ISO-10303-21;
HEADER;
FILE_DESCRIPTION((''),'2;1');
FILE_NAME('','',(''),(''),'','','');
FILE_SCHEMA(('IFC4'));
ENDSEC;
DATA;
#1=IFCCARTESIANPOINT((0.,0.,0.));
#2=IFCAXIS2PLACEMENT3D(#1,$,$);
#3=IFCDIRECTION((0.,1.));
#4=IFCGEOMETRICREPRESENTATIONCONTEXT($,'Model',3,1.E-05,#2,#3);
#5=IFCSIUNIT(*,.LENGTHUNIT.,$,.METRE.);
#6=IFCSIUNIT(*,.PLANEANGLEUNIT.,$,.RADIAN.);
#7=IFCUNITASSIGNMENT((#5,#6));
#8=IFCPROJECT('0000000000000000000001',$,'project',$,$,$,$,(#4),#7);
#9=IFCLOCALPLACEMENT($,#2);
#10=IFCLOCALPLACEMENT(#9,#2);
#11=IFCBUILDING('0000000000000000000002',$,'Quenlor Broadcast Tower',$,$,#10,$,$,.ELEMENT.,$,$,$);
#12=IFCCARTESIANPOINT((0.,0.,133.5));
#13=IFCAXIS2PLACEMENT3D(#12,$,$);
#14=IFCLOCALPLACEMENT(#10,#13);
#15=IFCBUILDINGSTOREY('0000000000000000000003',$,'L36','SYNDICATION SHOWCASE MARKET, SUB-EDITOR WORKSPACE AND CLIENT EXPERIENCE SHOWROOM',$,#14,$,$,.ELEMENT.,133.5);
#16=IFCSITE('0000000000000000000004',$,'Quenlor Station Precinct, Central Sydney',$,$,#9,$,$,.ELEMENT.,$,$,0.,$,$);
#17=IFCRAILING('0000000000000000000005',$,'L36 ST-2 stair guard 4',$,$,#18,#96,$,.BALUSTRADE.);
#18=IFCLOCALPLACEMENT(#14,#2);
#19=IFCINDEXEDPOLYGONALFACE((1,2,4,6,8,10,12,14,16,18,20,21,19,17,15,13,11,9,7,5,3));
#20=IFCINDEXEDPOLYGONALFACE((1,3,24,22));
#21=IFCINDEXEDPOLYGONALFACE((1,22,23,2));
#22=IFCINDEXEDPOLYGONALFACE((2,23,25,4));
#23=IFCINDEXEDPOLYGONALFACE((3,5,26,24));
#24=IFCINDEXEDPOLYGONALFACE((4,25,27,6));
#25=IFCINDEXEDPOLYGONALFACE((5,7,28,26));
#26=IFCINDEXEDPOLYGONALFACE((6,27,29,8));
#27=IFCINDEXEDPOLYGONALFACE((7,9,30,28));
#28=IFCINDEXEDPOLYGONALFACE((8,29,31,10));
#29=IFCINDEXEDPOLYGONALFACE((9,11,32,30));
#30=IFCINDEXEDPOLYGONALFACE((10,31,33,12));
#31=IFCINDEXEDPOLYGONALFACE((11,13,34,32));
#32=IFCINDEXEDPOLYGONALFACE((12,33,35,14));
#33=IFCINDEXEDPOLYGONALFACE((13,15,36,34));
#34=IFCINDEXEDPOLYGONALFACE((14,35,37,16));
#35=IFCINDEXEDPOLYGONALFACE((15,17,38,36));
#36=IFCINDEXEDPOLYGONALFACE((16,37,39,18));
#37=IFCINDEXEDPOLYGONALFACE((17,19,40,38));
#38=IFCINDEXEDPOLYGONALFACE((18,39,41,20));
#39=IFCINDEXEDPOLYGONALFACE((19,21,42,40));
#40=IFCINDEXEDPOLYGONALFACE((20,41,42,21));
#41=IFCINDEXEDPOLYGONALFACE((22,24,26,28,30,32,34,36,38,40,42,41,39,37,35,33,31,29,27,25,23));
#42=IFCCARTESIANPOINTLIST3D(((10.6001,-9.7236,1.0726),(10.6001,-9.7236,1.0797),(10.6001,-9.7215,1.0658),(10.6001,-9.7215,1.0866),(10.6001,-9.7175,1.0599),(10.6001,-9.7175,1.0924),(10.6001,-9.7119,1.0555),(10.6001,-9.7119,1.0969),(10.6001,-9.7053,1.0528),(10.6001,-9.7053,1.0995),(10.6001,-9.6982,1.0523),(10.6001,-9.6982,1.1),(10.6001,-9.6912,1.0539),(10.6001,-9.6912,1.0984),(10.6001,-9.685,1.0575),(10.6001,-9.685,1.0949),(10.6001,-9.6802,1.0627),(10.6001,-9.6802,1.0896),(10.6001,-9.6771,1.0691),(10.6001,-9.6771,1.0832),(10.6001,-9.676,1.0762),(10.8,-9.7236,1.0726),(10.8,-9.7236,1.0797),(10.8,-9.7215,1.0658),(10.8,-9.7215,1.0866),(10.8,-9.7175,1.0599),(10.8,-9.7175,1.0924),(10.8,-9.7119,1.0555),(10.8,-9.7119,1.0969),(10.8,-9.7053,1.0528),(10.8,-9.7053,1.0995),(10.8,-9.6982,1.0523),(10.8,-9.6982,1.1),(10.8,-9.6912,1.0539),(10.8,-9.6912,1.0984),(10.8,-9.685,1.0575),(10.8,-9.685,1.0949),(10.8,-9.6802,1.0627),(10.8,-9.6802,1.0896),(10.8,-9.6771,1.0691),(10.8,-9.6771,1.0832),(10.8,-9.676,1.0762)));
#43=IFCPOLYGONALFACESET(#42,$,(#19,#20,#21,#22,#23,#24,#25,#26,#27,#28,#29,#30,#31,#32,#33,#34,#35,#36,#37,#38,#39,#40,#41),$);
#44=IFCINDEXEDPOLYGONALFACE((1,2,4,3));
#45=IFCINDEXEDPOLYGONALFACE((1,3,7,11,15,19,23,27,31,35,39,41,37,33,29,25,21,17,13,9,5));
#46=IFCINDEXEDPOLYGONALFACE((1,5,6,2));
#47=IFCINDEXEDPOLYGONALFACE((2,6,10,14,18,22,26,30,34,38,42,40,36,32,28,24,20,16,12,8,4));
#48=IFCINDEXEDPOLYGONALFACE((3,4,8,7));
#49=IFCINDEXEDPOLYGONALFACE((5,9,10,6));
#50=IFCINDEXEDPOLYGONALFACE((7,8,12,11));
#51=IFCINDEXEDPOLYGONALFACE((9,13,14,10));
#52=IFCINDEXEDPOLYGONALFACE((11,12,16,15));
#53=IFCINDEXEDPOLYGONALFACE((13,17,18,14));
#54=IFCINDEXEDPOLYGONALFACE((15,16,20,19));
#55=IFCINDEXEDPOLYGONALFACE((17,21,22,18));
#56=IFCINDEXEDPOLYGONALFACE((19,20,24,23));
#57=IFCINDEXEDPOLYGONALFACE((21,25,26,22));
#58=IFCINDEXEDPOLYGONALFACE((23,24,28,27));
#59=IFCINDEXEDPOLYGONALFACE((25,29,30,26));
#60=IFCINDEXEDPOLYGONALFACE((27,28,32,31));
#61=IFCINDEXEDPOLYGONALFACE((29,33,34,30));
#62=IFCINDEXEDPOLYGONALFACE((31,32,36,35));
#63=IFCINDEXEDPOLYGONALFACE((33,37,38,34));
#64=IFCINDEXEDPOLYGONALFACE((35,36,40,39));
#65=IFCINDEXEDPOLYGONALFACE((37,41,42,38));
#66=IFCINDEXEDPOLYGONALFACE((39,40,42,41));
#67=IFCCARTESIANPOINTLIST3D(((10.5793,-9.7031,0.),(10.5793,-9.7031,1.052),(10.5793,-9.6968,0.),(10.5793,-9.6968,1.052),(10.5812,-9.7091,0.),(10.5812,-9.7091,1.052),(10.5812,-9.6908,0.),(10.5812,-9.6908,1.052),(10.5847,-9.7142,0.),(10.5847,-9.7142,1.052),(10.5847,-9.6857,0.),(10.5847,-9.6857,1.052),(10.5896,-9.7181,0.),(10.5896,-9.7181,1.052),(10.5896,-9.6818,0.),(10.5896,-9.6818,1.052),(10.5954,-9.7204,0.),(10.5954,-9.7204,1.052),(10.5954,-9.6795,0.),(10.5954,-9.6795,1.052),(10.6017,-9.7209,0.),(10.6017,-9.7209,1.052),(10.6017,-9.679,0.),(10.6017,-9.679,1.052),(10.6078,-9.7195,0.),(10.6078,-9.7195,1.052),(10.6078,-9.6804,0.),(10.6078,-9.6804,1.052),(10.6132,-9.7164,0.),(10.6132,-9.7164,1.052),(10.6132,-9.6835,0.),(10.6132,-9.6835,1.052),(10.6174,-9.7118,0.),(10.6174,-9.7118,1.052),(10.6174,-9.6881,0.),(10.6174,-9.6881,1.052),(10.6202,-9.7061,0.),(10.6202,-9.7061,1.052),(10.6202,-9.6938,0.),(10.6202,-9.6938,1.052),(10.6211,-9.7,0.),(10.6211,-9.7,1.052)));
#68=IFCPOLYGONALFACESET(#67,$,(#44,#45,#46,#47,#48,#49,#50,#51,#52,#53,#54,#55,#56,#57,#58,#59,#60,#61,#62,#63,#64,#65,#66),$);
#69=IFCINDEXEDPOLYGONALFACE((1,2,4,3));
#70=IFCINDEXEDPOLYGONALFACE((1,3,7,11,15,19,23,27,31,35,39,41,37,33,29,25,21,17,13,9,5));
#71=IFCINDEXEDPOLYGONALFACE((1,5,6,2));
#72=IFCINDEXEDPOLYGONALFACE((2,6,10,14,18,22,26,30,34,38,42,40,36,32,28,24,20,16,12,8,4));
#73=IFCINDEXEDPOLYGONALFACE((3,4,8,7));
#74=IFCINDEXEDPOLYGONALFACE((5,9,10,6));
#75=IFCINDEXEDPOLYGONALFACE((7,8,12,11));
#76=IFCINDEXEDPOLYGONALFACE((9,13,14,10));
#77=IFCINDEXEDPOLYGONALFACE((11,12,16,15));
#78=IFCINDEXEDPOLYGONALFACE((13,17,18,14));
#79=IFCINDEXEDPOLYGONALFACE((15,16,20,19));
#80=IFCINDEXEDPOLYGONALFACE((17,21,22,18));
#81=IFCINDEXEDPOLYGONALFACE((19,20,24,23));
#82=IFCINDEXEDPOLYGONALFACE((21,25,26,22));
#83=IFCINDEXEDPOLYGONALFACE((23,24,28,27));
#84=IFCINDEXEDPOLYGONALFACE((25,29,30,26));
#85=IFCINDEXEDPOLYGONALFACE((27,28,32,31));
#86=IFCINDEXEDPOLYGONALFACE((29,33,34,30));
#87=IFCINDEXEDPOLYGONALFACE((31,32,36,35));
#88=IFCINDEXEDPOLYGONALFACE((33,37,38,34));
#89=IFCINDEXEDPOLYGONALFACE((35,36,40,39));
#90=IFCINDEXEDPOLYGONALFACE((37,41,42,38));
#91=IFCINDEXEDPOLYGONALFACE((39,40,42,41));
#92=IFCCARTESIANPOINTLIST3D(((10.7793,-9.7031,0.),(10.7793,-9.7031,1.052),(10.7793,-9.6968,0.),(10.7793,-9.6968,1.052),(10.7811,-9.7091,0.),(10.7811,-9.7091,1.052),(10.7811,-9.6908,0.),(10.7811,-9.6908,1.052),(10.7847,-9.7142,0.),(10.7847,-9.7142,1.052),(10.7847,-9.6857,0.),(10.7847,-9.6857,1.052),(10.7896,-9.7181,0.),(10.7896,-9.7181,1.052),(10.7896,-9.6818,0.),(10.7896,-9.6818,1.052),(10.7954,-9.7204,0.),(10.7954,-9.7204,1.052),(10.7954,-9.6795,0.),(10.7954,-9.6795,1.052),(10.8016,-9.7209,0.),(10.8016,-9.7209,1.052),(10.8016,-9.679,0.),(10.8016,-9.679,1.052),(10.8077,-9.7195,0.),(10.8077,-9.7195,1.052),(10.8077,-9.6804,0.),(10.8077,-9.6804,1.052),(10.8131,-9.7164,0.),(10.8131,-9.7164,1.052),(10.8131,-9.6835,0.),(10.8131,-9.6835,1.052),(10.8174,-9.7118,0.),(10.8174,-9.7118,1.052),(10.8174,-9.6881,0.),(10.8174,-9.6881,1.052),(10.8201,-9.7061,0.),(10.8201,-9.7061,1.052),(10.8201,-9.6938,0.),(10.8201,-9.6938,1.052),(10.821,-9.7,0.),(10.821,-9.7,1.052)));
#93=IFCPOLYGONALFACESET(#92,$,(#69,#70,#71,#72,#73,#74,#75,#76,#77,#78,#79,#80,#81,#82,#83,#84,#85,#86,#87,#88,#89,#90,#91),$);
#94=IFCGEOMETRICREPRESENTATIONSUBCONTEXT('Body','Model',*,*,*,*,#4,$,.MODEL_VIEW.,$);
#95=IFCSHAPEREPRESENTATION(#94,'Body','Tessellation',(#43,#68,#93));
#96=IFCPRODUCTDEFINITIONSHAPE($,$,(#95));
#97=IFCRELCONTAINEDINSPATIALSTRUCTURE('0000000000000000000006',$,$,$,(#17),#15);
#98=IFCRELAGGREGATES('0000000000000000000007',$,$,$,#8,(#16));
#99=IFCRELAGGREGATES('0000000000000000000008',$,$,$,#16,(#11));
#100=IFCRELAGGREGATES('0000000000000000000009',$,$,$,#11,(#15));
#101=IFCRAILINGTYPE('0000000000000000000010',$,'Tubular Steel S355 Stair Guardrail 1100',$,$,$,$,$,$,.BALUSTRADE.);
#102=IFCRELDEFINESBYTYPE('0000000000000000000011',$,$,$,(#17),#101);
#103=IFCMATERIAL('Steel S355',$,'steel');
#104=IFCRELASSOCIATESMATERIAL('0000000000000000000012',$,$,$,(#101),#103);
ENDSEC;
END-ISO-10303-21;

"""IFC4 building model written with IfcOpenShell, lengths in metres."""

from ifc_helpers import new_model, si_unit, direction, frame, origin, origin_2d, place, context, subcontext, project, spatial, circle, extrude, material, type_object, element, save


model = new_model("IFC4")

# Units and contexts
model_context = context("Model", 3, precision=1e-05, world=origin(), true_north=direction((0.0, 1.0)))
body_context = subcontext(model_context, "Body", "Model", "MODEL_VIEW")
ifc_project = project(units=[si_unit("LENGTHUNIT", "METRE"), si_unit("PLANEANGLEUNIT", "RADIAN")], contexts=[model_context])

# Site, building, storey
site_placement = place(None, origin())
site = spatial("IfcSite", under=ifc_project, at=site_placement, Name="Quenlor Station Precinct, Central Sydney", CompositionType="ELEMENT", RefElevation=0.0)
building_placement = place(site_placement, origin())
building = spatial("IfcBuilding", under=site, at=building_placement, Name="Quenlor Broadcast Tower", CompositionType="ELEMENT")
storey_placement = place(building_placement, frame((0.0, 0.0, 133.5)))
storey = spatial("IfcBuildingStorey", under=building, at=storey_placement, Name="L36", Description="SYNDICATION SHOWCASE MARKET, SUB-EDITOR WORKSPACE AND CLIENT EXPERIENCE SHOWROOM", CompositionType="ELEMENT", Elevation=133.5)

# Railing
ifc_material_1 = material(Name="Steel S355", Category="steel")
railing_type_1 = type_object("IfcRailingType", Name="Tubular Steel S355 Stair Guardrail 1100", PredefinedType="BALUSTRADE", material=ifc_material_1)
railing_1_placement = place(storey_placement, frame((10.6001, -9.7, 0.0)))
element("IfcRailing", 1, at=railing_1_placement, inside=storey, type_object=railing_type_1, Name="L36 ST-2 stair guard 4", PredefinedType="BALUSTRADE", context=body_context, shape_type="SweptSolid", body=[
    extrude(circle(Radius=0.0239, at=origin_2d()), frame((0.0, 0.0, 1.0762), z_axis=(1.0, 0.0, 0.0), x_axis=(0.0, 1.0, 0.0)), (0.0, 0.0, 1.0), 0.2),
    extrude(circle(Radius=0.021, at=origin_2d()), origin(), (0.0, 0.0, 1.0), 1.052),
    extrude(circle(Radius=0.021, at=origin_2d()), frame((0.2, 0.0, 0.0)), (0.0, 0.0, 1.0), 1.052),
])

save(model, "model.ifc")
